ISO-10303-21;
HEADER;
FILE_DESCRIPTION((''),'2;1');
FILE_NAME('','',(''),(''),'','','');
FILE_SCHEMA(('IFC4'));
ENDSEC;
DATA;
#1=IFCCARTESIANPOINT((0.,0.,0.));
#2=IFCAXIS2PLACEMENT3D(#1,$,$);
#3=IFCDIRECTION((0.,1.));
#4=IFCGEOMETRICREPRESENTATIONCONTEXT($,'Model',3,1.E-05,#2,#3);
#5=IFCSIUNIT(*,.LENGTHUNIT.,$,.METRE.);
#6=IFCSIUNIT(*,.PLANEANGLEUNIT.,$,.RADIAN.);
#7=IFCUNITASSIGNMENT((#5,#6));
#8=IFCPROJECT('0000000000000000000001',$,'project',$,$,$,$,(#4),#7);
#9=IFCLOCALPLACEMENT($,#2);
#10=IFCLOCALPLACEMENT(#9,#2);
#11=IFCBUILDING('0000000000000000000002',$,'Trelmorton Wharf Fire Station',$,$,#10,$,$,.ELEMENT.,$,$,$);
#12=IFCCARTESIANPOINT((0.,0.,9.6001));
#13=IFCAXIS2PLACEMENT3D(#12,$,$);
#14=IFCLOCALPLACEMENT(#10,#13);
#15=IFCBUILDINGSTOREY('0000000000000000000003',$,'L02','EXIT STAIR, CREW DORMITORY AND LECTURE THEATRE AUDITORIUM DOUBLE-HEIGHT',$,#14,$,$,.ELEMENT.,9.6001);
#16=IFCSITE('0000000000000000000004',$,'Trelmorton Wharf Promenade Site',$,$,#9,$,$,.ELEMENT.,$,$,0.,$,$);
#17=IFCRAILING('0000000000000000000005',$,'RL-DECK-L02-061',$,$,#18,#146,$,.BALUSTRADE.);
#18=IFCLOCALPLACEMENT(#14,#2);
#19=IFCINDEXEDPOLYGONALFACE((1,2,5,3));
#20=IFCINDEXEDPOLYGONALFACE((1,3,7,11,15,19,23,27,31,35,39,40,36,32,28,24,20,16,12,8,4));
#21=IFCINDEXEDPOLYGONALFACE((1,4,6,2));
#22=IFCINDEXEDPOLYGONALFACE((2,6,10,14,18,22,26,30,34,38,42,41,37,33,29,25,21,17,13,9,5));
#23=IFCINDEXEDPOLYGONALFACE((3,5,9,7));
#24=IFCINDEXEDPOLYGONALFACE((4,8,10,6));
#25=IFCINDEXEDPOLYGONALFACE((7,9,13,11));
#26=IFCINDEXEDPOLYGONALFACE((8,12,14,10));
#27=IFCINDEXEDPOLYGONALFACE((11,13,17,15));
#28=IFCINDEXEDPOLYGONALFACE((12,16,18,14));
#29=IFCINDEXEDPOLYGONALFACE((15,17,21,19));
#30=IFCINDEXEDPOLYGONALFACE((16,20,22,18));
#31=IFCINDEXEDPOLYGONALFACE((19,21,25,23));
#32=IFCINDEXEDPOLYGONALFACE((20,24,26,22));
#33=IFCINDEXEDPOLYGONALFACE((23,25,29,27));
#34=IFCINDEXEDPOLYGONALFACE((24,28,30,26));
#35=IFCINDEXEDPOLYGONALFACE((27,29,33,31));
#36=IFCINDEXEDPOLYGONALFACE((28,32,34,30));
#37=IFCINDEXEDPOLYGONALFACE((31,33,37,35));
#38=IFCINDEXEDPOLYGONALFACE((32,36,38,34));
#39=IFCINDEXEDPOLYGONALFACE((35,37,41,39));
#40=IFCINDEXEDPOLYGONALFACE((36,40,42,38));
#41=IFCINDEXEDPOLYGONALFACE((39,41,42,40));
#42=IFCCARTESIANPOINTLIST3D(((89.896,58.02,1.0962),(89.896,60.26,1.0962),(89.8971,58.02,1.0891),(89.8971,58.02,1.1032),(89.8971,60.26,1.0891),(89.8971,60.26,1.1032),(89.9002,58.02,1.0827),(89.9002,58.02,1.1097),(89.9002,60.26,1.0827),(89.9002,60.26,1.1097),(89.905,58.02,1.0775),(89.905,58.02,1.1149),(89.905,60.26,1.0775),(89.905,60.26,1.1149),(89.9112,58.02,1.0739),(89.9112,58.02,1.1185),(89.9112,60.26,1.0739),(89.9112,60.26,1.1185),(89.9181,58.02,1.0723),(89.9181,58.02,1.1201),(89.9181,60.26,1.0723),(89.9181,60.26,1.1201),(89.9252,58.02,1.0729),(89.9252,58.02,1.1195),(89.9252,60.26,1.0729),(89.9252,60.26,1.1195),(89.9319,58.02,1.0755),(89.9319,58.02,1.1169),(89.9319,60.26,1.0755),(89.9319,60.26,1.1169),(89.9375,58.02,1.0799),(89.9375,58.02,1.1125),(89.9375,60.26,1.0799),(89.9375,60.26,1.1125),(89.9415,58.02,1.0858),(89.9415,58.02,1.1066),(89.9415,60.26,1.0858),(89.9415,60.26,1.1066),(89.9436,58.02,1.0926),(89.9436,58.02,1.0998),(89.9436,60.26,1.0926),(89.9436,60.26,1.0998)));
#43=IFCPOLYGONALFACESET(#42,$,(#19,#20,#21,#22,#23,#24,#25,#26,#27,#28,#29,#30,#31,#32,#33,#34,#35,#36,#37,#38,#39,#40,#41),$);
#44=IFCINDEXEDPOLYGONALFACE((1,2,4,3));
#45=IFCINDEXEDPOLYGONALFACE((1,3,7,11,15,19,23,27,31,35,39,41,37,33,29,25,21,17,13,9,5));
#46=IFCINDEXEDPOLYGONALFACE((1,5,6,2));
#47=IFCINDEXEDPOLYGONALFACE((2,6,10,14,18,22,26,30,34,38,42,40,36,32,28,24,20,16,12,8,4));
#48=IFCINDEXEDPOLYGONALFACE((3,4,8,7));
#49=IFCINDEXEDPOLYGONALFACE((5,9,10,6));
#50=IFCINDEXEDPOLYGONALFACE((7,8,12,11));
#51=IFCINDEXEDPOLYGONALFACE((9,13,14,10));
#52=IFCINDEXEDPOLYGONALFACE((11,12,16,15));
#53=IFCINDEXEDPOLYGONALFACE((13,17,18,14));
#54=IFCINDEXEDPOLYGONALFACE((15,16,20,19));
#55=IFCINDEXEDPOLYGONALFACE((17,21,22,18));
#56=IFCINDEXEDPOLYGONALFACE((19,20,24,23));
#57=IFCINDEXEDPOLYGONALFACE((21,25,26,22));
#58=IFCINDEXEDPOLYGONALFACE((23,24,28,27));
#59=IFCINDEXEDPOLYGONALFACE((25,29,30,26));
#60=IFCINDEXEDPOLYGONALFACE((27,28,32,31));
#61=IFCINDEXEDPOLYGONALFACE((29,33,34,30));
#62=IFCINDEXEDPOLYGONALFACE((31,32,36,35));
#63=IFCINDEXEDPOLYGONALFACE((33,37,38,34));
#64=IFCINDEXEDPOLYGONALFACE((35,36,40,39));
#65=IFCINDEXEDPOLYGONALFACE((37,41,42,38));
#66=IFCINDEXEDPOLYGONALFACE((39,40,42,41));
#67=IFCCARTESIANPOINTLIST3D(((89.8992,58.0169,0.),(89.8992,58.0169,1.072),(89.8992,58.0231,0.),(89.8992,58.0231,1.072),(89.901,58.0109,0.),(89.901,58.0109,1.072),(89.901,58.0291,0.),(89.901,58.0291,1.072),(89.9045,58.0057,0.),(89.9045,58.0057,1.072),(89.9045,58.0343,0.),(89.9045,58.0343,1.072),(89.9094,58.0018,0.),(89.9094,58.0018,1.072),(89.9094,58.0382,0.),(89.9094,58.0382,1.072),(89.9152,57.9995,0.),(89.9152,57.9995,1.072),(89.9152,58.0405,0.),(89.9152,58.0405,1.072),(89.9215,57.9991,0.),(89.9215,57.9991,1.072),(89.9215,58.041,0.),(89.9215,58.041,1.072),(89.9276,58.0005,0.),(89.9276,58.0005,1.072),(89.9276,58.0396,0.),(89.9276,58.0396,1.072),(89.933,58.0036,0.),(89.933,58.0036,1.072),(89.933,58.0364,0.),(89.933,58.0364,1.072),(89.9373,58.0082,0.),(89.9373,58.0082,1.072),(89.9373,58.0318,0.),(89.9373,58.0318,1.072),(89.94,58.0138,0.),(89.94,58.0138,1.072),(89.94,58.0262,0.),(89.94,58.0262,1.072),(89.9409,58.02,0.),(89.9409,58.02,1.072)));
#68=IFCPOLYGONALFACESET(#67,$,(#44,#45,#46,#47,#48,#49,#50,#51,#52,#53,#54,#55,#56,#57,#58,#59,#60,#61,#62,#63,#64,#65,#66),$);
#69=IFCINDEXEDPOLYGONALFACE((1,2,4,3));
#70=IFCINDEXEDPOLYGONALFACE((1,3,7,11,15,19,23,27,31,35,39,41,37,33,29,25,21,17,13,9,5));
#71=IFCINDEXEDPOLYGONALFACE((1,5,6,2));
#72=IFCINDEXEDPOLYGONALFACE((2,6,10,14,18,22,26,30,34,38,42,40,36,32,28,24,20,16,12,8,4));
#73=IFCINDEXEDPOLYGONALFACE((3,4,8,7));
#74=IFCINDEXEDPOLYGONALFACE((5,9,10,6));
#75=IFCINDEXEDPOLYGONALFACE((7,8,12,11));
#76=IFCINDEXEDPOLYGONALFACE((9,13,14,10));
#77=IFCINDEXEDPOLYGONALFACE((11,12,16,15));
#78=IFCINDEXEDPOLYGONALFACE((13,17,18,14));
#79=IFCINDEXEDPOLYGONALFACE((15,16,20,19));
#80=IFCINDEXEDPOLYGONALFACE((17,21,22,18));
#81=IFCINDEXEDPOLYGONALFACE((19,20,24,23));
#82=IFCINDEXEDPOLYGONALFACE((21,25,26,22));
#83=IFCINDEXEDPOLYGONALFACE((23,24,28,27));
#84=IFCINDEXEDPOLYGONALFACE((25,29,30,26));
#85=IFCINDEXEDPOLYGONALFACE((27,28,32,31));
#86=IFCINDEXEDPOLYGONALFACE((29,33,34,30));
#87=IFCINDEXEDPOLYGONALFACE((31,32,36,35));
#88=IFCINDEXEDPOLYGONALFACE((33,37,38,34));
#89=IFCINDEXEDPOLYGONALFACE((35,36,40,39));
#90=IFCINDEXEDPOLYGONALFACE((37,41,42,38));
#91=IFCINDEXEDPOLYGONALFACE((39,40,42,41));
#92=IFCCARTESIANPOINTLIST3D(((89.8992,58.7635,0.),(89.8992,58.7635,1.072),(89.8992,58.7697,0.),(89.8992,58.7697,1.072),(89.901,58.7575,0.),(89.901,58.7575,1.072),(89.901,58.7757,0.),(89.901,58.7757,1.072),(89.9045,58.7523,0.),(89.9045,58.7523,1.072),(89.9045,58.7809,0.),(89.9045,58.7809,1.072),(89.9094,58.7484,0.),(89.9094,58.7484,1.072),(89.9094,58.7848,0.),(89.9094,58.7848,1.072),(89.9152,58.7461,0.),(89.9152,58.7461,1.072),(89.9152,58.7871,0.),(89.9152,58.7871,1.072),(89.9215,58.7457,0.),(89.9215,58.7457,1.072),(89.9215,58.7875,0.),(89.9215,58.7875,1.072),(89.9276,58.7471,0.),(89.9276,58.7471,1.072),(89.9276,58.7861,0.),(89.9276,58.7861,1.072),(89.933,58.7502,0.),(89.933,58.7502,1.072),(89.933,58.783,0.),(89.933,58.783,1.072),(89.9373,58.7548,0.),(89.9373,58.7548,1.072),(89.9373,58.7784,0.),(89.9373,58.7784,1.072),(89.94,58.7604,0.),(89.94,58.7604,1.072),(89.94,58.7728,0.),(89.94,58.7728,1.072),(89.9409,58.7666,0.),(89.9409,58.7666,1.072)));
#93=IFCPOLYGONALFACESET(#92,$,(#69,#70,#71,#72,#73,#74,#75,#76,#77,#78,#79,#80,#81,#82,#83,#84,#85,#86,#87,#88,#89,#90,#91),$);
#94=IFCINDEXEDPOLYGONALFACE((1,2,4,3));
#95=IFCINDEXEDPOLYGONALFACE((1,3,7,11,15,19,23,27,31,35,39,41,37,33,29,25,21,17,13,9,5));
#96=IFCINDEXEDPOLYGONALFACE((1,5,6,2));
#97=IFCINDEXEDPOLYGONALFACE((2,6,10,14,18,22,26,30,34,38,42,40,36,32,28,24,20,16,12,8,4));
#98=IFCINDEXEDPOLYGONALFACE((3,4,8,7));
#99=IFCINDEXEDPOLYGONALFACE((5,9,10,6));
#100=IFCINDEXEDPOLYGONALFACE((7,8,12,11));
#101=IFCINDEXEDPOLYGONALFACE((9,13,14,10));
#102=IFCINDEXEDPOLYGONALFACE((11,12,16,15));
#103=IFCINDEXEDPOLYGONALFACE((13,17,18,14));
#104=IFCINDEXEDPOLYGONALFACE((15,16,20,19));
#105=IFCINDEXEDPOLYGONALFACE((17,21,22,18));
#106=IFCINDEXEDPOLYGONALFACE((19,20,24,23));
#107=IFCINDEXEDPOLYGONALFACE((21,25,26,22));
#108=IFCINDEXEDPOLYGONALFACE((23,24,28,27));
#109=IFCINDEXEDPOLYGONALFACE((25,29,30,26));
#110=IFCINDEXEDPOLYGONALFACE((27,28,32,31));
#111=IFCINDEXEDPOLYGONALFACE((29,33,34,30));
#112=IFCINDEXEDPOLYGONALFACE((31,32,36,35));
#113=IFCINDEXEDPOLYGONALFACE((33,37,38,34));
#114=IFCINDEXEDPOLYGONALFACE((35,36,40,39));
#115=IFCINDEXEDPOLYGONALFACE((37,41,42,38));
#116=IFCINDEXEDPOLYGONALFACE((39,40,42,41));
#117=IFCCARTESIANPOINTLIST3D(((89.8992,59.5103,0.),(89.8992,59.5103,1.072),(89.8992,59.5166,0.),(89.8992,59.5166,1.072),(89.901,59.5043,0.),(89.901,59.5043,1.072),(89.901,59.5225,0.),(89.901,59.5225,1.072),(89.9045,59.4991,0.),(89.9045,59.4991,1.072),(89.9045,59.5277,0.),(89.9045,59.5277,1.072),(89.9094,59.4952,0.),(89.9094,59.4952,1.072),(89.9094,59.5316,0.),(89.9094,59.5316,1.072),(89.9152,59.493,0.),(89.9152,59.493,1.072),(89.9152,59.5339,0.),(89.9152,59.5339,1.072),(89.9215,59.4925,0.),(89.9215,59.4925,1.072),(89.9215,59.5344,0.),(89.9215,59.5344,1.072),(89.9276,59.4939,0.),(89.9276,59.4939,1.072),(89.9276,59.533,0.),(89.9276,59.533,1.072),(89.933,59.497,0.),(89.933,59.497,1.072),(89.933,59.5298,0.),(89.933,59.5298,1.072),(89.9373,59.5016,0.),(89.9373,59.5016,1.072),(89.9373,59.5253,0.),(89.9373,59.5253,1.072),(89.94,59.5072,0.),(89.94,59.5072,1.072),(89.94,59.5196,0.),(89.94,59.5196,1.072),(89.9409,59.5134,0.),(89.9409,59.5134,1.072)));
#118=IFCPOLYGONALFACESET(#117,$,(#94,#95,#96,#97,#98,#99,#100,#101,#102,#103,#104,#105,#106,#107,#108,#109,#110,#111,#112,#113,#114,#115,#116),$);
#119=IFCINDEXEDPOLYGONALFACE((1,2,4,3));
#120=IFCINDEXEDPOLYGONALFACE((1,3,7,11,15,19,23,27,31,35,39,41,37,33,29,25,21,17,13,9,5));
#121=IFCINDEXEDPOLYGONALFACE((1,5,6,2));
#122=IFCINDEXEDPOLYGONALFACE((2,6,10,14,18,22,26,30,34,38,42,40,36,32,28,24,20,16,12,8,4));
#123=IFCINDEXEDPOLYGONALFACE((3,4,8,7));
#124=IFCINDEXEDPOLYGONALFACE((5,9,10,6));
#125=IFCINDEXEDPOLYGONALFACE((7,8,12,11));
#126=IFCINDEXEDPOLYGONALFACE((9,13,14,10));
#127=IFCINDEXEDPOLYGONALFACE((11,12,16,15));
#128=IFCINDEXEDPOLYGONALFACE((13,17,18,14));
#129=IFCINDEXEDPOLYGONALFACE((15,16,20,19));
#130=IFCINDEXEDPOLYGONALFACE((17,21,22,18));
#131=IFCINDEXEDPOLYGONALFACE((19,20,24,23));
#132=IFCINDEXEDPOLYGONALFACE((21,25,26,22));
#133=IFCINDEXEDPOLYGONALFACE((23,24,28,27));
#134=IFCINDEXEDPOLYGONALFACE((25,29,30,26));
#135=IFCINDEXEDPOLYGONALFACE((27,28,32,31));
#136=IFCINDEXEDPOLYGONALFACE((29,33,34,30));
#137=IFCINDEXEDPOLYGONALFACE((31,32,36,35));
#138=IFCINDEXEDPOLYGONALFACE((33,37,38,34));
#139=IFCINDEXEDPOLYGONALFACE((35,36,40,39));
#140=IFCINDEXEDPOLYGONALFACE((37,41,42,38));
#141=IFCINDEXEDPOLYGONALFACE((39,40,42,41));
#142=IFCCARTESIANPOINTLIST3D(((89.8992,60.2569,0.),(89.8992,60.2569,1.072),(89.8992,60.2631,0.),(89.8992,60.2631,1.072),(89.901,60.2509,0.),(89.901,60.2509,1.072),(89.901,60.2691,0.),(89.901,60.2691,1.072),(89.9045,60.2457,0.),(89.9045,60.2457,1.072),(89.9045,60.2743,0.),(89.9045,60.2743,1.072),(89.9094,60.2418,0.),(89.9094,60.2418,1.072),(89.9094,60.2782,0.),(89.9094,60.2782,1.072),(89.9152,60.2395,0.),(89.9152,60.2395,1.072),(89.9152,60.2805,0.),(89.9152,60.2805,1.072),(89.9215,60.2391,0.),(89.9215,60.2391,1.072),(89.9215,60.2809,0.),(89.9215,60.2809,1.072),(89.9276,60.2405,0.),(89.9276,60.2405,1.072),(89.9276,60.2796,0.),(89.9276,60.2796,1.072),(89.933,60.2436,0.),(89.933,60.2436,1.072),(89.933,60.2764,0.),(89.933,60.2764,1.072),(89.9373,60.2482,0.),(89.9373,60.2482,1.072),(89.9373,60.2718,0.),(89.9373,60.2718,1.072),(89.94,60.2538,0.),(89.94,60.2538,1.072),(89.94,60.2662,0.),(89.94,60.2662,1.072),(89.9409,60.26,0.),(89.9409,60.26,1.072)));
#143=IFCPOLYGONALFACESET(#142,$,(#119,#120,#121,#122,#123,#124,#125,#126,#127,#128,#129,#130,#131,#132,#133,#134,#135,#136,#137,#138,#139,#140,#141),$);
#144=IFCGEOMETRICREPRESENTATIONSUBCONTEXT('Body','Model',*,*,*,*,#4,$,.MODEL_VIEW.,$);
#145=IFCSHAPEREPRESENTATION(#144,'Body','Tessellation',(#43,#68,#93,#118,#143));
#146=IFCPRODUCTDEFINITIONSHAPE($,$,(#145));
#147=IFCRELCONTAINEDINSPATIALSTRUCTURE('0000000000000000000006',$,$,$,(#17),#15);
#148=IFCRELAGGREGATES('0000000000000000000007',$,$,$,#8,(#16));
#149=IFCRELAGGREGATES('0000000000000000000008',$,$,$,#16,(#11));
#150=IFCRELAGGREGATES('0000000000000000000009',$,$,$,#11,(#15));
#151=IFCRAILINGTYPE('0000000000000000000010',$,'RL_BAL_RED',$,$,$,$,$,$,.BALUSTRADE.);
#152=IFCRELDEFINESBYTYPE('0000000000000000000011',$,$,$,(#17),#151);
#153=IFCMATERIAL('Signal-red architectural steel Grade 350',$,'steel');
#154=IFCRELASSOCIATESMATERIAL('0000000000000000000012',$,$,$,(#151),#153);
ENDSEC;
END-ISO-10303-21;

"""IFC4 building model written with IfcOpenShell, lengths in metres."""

from ifc_helpers import new_model, si_unit, direction, frame, origin, origin_2d, place, context, subcontext, project, spatial, circle, extrude, material, type_object, element, save


model = new_model("IFC4")

# Units and contexts
model_context = context("Model", 3, precision=1e-05, world=origin(), true_north=direction((0.0, 1.0)))
body_context = subcontext(model_context, "Body", "Model", "MODEL_VIEW")
ifc_project = project(units=[si_unit("LENGTHUNIT", "METRE"), si_unit("PLANEANGLEUNIT", "RADIAN")], contexts=[model_context])

# Site, building, storey
site_placement = place(None, origin())
site = spatial("IfcSite", under=ifc_project, at=site_placement, Name="Trelmorton Wharf Promenade Site", CompositionType="ELEMENT", RefElevation=0.0)
building_placement = place(site_placement, origin())
building = spatial("IfcBuilding", under=site, at=building_placement, Name="Trelmorton Wharf Fire Station", CompositionType="ELEMENT")
storey_placement = place(building_placement, frame((0.0, 0.0, 9.6001)))
storey = spatial("IfcBuildingStorey", under=building, at=storey_placement, Name="L02", Description="EXIT STAIR, CREW DORMITORY AND LECTURE THEATRE AUDITORIUM DOUBLE-HEIGHT", CompositionType="ELEMENT", Elevation=9.6001)

# Shared definitions
ifc_material_1 = material(Name="Signal-red architectural steel Grade 350", Category="steel")

# Railing
railing_type = type_object("IfcRailingType", Name="RL_BAL_RED", PredefinedType="BALUSTRADE", material=ifc_material_1)
railing_placement = place(storey_placement, frame((89.9199, 58.02, 0.0)))
element("IfcRailing", 1, at=railing_placement, inside=storey, type_object=railing_type, Name="RL-DECK-L02-061", PredefinedType="BALUSTRADE", context=body_context, shape_type="SweptSolid", body=[
    extrude(circle(Radius=0.0239, at=origin_2d()), frame((0.0, 0.0, 1.0962), z_axis=(0.0, 1.0, 0.0), x_axis=(-1.0, 0.0, 0.0)), (0.0, 0.0, 1.0), 2.24),
    extrude(circle(Radius=0.021, at=origin_2d()), origin(), (0.0, 0.0, 1.0), 1.072),
    extrude(circle(Radius=0.021, at=origin_2d()), frame((0.0, 0.7466, 0.0)), (0.0, 0.0, 1.0), 1.072),
    extrude(circle(Radius=0.021, at=origin_2d()), frame((0.0, 1.4934, 0.0)), (0.0, 0.0, 1.0), 1.072),
    extrude(circle(Radius=0.021, at=origin_2d()), frame((0.0, 2.24, 0.0)), (0.0, 0.0, 1.0), 1.072),
])

save(model, "model.ifc")
